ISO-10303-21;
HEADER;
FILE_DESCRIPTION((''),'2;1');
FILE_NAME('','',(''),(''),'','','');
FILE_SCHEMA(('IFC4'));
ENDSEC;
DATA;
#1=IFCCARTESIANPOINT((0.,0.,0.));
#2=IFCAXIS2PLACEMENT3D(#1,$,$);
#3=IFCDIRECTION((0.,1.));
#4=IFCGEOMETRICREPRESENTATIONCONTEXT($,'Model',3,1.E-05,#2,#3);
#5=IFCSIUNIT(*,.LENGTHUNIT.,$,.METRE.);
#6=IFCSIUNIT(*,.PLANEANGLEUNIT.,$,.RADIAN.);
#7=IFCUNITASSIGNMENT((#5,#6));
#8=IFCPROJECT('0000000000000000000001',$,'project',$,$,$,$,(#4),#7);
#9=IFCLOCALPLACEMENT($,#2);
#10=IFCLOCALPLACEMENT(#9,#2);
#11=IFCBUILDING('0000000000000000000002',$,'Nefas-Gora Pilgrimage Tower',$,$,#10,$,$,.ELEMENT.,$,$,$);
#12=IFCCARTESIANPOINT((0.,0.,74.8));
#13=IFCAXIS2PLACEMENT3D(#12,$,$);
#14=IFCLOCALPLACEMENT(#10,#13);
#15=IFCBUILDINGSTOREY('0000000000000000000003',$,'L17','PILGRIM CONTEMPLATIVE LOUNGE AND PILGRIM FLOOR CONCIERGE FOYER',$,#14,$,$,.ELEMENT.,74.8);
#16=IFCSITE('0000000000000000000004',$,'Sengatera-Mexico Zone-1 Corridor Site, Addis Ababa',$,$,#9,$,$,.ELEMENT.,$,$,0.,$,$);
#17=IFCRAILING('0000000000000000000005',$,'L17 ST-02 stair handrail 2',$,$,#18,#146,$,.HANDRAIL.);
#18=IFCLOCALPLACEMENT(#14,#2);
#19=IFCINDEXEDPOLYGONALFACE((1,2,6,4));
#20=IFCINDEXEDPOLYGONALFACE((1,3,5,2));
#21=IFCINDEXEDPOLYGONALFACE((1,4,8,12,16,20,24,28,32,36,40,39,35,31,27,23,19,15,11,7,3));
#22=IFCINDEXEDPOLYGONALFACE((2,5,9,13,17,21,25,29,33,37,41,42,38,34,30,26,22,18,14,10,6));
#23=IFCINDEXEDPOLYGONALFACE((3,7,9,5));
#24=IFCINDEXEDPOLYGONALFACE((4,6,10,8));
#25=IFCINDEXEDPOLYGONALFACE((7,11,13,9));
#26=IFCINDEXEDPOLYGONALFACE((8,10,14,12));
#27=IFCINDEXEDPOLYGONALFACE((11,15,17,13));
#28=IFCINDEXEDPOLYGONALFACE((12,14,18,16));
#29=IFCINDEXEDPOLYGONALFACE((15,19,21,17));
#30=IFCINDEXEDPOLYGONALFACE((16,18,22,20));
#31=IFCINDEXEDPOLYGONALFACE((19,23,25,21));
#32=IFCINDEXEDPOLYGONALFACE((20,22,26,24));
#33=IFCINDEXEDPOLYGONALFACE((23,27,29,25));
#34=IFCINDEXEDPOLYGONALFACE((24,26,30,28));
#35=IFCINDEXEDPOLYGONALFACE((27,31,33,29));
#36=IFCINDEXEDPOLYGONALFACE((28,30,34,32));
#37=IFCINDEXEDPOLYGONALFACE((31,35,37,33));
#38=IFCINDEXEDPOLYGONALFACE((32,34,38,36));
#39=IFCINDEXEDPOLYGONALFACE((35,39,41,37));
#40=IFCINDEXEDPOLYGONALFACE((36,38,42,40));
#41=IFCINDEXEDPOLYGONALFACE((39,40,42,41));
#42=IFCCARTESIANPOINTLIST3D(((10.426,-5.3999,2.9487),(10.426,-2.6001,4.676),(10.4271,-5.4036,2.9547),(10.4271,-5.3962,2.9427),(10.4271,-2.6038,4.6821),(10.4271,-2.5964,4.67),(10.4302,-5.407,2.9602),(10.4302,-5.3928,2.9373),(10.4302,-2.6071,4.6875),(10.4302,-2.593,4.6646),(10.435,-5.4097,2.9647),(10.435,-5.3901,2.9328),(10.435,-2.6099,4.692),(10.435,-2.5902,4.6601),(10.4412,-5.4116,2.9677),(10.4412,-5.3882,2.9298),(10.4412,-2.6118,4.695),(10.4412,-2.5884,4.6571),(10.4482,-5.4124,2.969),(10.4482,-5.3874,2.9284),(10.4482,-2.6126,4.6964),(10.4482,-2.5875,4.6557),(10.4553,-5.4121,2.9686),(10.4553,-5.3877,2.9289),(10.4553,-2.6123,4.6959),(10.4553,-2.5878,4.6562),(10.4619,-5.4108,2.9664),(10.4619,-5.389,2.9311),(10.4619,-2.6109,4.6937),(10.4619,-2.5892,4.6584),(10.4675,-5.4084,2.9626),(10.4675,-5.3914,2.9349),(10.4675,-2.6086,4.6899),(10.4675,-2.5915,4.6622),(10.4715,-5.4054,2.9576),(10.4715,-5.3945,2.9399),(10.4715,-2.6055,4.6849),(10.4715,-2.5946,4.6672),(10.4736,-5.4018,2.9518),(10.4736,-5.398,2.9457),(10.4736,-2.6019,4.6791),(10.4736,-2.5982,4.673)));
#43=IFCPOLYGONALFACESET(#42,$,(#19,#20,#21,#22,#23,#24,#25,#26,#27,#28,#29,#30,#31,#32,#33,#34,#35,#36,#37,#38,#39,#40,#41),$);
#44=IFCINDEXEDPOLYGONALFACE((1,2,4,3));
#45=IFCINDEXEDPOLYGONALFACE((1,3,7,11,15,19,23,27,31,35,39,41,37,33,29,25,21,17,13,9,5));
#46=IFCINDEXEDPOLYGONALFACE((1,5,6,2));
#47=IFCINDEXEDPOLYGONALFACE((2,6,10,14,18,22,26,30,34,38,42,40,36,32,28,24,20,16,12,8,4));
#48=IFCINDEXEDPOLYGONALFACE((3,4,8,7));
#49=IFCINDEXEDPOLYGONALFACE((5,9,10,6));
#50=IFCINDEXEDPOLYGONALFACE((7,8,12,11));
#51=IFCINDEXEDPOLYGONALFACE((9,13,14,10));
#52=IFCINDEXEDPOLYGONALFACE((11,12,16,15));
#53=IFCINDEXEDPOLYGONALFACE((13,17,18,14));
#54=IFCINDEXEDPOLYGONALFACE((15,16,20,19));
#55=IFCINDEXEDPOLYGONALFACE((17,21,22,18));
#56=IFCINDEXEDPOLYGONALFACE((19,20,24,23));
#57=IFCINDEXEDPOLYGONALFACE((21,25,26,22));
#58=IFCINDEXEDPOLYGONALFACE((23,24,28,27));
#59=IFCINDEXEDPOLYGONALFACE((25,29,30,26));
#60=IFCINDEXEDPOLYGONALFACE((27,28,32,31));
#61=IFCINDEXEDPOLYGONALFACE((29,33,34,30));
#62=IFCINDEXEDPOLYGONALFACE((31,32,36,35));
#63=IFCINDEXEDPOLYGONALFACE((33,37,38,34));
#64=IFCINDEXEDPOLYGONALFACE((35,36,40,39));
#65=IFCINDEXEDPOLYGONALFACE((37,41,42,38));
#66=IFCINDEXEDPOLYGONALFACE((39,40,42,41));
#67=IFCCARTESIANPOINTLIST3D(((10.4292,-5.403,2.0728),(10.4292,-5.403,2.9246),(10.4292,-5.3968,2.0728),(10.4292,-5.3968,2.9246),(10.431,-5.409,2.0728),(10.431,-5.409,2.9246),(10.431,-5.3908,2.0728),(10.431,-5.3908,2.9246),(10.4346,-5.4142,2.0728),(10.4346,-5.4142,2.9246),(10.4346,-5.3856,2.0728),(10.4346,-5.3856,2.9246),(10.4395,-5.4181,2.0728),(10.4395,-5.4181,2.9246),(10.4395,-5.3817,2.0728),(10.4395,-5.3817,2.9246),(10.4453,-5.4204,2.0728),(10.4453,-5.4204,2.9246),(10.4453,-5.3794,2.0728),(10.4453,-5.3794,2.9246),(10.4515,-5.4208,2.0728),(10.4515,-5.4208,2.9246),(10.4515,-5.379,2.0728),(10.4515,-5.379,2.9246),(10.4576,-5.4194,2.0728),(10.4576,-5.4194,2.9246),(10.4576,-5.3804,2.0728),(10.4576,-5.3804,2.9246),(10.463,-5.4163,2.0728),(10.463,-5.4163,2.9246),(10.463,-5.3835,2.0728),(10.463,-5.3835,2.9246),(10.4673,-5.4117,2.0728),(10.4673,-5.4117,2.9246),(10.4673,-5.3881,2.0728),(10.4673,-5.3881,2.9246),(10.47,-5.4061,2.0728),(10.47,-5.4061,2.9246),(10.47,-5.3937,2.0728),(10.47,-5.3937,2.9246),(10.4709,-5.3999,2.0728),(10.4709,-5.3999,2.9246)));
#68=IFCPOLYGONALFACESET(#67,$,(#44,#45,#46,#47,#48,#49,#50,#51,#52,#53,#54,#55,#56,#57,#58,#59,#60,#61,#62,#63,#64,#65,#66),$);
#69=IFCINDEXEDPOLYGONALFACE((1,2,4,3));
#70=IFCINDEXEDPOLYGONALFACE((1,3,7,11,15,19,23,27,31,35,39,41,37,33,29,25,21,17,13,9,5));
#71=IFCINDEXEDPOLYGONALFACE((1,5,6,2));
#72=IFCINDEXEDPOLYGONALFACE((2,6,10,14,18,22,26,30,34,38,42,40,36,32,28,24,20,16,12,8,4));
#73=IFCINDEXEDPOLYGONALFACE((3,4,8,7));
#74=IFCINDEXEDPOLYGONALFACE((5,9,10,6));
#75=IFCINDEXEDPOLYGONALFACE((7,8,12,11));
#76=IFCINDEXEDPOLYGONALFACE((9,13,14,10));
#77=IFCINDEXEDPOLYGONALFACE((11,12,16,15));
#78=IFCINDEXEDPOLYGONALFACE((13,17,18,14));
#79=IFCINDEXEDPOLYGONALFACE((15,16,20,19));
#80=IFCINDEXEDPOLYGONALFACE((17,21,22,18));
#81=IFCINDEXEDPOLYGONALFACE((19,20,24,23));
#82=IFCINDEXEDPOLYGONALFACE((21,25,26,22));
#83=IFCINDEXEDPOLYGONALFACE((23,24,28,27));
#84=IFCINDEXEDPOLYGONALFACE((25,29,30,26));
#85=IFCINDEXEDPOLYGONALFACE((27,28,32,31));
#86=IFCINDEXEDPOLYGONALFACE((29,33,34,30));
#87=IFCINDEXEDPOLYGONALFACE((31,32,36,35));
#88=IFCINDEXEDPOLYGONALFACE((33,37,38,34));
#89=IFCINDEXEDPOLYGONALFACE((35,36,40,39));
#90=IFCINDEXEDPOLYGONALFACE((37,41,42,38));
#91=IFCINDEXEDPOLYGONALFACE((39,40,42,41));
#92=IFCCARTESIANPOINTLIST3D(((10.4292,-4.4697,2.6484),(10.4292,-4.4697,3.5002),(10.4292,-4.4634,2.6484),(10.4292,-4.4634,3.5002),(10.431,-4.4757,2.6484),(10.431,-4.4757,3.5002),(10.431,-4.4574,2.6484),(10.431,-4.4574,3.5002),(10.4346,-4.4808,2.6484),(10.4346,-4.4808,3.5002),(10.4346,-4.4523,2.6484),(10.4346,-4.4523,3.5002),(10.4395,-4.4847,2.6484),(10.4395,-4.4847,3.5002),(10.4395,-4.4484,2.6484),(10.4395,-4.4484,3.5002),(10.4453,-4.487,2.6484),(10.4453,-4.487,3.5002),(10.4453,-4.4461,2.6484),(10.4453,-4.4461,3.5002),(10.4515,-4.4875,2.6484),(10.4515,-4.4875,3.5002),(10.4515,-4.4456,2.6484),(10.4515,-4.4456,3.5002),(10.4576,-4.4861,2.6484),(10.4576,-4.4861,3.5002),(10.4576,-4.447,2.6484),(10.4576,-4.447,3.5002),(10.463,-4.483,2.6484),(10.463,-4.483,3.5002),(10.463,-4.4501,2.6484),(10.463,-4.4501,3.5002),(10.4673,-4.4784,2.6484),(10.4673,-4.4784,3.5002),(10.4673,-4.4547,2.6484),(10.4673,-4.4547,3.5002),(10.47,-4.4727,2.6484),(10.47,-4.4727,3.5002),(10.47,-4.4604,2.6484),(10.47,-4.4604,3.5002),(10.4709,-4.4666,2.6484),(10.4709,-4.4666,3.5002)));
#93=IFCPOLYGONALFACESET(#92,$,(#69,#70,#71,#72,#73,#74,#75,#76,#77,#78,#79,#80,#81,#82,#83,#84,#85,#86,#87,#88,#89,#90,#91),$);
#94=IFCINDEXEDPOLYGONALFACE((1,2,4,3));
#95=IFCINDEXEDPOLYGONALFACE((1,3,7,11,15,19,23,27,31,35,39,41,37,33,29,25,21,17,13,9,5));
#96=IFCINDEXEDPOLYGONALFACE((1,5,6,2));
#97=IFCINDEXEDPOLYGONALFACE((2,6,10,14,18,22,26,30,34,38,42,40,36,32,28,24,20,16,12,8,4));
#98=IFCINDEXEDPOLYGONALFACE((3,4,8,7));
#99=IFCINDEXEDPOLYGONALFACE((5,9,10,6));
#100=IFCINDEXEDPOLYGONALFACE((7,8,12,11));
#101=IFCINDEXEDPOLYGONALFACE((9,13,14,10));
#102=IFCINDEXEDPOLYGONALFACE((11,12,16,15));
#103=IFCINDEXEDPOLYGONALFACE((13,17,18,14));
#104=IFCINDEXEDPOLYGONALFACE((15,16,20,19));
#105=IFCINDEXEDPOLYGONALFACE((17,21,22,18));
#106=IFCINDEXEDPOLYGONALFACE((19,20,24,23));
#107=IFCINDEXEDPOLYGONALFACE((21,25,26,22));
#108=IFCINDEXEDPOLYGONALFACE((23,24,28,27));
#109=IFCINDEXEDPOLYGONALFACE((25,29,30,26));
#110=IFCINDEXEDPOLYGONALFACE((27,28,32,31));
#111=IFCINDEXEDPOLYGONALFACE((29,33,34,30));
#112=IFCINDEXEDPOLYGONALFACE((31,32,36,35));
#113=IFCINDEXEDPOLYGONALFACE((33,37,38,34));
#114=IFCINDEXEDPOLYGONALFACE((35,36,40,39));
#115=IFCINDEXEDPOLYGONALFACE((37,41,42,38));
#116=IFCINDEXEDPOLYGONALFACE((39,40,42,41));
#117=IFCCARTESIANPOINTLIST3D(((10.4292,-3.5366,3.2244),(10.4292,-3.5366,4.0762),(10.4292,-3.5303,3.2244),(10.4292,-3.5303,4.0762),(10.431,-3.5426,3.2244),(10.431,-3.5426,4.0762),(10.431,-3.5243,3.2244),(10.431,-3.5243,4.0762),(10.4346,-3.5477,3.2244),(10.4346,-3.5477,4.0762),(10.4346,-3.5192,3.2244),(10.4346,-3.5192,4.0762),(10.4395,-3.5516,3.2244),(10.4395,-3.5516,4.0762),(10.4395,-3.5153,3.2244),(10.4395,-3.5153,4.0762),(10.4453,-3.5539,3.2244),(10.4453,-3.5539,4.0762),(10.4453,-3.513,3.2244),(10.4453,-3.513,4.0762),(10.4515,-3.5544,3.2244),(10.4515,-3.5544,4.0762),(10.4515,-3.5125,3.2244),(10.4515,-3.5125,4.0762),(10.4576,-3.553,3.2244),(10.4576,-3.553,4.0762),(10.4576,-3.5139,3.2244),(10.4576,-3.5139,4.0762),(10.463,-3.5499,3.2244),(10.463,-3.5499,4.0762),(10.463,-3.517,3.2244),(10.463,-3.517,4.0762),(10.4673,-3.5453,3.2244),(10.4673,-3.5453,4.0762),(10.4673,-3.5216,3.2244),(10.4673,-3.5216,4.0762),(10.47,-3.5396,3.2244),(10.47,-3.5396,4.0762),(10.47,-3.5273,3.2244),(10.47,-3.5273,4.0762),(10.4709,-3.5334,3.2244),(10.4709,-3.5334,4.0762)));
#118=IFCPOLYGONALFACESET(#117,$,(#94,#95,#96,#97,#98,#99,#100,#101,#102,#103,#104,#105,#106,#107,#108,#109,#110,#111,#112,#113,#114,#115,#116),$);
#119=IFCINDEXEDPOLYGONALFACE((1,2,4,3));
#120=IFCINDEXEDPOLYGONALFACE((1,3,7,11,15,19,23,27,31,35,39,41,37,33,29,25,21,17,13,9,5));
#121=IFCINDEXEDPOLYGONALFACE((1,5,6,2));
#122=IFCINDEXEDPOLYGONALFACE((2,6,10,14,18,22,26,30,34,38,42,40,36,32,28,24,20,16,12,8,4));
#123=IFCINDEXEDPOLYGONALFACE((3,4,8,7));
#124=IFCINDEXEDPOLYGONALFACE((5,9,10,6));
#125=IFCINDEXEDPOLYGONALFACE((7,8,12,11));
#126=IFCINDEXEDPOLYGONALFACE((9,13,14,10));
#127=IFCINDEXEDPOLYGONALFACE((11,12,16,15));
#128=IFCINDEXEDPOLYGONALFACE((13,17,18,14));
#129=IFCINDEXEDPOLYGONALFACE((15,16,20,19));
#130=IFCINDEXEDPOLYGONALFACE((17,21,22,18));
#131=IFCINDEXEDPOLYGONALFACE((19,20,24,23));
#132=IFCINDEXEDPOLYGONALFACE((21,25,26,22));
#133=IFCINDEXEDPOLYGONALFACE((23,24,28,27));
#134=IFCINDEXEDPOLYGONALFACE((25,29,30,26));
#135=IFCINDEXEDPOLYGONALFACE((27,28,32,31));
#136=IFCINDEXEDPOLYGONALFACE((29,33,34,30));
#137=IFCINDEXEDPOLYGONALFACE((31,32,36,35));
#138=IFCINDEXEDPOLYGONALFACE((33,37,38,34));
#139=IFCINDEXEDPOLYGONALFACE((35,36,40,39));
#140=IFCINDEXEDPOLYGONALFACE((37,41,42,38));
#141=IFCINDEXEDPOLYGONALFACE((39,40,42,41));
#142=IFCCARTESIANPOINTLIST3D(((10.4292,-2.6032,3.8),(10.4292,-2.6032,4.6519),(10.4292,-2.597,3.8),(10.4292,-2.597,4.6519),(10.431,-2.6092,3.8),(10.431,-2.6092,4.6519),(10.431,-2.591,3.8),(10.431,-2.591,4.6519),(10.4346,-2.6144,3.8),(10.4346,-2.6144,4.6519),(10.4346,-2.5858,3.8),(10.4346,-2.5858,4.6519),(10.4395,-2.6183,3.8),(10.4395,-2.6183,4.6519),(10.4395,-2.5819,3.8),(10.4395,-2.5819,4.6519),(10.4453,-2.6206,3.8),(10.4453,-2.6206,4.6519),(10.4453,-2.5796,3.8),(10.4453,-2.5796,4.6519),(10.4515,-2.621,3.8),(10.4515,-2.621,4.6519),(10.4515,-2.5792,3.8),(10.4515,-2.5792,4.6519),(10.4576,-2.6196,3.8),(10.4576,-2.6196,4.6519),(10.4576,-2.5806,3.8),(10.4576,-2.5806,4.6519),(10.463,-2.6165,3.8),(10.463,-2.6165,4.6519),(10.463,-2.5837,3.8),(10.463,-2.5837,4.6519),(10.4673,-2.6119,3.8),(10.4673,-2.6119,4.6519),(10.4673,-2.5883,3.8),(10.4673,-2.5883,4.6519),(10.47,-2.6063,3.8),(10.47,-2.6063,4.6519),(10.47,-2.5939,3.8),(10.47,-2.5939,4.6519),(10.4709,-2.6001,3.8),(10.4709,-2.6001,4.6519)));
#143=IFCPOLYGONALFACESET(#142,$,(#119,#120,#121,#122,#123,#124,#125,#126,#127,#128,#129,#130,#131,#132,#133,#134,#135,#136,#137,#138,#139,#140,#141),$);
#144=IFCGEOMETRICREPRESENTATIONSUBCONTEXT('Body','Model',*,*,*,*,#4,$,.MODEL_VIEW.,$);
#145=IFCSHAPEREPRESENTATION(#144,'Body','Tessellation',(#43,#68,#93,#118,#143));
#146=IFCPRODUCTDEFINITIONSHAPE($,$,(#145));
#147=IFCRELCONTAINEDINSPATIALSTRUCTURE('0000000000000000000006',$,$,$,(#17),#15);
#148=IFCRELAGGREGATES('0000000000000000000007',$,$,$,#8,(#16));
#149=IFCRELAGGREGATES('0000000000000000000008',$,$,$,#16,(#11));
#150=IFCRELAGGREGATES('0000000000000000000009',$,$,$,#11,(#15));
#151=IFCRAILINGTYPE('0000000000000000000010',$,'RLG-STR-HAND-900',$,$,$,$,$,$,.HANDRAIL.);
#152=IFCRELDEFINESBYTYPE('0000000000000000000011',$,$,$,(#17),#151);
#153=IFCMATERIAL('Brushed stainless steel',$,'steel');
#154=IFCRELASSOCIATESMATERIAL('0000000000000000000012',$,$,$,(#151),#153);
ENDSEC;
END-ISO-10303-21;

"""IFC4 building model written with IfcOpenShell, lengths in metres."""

from ifc_helpers import new_model, si_unit, direction, frame, origin, origin_2d, place, context, subcontext, project, spatial, circle, extrude, material, type_object, element, save


model = new_model("IFC4")

# Units and contexts
model_context = context("Model", 3, precision=1e-05, world=origin(), true_north=direction((0.0, 1.0)))
body_context = subcontext(model_context, "Body", "Model", "MODEL_VIEW")
ifc_project = project(units=[si_unit("LENGTHUNIT", "METRE"), si_unit("PLANEANGLEUNIT", "RADIAN")], contexts=[model_context])

# Site, building, storey
site_placement = place(None, origin())
site = spatial("IfcSite", under=ifc_project, at=site_placement, Name="Sengatera-Mexico Zone-1 Corridor Site, Addis Ababa", CompositionType="ELEMENT", RefElevation=0.0)
building_placement = place(site_placement, origin())
building = spatial("IfcBuilding", under=site, at=building_placement, Name="Nefas-Gora Pilgrimage Tower", CompositionType="ELEMENT")
storey_placement = place(building_placement, frame((0.0, 0.0, 74.8)))
storey = spatial("IfcBuildingStorey", under=building, at=storey_placement, Name="L17", Description="PILGRIM CONTEMPLATIVE LOUNGE AND PILGRIM FLOOR CONCIERGE FOYER", CompositionType="ELEMENT", Elevation=74.8)

# Railing
ifc_material_1 = material(Name="Brushed stainless steel", Category="steel")
railing_type_1 = type_object("IfcRailingType", Name="RLG-STR-HAND-900", PredefinedType="HANDRAIL", material=ifc_material_1)
railing_1_placement = place(storey_placement, frame((10.45, -5.3999, 2.0728)))
element("IfcRailing", 1, at=railing_1_placement, inside=storey, type_object=railing_type_1, Name="L17 ST-02 stair handrail 2", PredefinedType="HANDRAIL", context=body_context, shape_type="SweptSolid", body=[
    extrude(circle(Radius=0.0239, at=origin_2d()), frame((0.0, 0.0, 0.876), z_axis=(0.0, 0.851069, 0.525054), x_axis=(-1.0, 0.0, 0.0)), (0.0, 0.0, 1.0), 3.2898),
    extrude(circle(Radius=0.021, at=origin_2d()), origin(), (0.0, 0.0, 1.0), 0.8518),
    extrude(circle(Radius=0.021, at=origin_2d()), frame((0.0, 0.9333, 0.5757)), (0.0, 0.0, 1.0), 0.8518),
    extrude(circle(Radius=0.021, at=origin_2d()), frame((0.0, 1.8665, 1.1516)), (0.0, 0.0, 1.0), 0.8518),
    extrude(circle(Radius=0.021, at=origin_2d()), frame((0.0, 2.7998, 1.7273)), (0.0, 0.0, 1.0), 0.8518),
])

save(model, "model.ifc")
